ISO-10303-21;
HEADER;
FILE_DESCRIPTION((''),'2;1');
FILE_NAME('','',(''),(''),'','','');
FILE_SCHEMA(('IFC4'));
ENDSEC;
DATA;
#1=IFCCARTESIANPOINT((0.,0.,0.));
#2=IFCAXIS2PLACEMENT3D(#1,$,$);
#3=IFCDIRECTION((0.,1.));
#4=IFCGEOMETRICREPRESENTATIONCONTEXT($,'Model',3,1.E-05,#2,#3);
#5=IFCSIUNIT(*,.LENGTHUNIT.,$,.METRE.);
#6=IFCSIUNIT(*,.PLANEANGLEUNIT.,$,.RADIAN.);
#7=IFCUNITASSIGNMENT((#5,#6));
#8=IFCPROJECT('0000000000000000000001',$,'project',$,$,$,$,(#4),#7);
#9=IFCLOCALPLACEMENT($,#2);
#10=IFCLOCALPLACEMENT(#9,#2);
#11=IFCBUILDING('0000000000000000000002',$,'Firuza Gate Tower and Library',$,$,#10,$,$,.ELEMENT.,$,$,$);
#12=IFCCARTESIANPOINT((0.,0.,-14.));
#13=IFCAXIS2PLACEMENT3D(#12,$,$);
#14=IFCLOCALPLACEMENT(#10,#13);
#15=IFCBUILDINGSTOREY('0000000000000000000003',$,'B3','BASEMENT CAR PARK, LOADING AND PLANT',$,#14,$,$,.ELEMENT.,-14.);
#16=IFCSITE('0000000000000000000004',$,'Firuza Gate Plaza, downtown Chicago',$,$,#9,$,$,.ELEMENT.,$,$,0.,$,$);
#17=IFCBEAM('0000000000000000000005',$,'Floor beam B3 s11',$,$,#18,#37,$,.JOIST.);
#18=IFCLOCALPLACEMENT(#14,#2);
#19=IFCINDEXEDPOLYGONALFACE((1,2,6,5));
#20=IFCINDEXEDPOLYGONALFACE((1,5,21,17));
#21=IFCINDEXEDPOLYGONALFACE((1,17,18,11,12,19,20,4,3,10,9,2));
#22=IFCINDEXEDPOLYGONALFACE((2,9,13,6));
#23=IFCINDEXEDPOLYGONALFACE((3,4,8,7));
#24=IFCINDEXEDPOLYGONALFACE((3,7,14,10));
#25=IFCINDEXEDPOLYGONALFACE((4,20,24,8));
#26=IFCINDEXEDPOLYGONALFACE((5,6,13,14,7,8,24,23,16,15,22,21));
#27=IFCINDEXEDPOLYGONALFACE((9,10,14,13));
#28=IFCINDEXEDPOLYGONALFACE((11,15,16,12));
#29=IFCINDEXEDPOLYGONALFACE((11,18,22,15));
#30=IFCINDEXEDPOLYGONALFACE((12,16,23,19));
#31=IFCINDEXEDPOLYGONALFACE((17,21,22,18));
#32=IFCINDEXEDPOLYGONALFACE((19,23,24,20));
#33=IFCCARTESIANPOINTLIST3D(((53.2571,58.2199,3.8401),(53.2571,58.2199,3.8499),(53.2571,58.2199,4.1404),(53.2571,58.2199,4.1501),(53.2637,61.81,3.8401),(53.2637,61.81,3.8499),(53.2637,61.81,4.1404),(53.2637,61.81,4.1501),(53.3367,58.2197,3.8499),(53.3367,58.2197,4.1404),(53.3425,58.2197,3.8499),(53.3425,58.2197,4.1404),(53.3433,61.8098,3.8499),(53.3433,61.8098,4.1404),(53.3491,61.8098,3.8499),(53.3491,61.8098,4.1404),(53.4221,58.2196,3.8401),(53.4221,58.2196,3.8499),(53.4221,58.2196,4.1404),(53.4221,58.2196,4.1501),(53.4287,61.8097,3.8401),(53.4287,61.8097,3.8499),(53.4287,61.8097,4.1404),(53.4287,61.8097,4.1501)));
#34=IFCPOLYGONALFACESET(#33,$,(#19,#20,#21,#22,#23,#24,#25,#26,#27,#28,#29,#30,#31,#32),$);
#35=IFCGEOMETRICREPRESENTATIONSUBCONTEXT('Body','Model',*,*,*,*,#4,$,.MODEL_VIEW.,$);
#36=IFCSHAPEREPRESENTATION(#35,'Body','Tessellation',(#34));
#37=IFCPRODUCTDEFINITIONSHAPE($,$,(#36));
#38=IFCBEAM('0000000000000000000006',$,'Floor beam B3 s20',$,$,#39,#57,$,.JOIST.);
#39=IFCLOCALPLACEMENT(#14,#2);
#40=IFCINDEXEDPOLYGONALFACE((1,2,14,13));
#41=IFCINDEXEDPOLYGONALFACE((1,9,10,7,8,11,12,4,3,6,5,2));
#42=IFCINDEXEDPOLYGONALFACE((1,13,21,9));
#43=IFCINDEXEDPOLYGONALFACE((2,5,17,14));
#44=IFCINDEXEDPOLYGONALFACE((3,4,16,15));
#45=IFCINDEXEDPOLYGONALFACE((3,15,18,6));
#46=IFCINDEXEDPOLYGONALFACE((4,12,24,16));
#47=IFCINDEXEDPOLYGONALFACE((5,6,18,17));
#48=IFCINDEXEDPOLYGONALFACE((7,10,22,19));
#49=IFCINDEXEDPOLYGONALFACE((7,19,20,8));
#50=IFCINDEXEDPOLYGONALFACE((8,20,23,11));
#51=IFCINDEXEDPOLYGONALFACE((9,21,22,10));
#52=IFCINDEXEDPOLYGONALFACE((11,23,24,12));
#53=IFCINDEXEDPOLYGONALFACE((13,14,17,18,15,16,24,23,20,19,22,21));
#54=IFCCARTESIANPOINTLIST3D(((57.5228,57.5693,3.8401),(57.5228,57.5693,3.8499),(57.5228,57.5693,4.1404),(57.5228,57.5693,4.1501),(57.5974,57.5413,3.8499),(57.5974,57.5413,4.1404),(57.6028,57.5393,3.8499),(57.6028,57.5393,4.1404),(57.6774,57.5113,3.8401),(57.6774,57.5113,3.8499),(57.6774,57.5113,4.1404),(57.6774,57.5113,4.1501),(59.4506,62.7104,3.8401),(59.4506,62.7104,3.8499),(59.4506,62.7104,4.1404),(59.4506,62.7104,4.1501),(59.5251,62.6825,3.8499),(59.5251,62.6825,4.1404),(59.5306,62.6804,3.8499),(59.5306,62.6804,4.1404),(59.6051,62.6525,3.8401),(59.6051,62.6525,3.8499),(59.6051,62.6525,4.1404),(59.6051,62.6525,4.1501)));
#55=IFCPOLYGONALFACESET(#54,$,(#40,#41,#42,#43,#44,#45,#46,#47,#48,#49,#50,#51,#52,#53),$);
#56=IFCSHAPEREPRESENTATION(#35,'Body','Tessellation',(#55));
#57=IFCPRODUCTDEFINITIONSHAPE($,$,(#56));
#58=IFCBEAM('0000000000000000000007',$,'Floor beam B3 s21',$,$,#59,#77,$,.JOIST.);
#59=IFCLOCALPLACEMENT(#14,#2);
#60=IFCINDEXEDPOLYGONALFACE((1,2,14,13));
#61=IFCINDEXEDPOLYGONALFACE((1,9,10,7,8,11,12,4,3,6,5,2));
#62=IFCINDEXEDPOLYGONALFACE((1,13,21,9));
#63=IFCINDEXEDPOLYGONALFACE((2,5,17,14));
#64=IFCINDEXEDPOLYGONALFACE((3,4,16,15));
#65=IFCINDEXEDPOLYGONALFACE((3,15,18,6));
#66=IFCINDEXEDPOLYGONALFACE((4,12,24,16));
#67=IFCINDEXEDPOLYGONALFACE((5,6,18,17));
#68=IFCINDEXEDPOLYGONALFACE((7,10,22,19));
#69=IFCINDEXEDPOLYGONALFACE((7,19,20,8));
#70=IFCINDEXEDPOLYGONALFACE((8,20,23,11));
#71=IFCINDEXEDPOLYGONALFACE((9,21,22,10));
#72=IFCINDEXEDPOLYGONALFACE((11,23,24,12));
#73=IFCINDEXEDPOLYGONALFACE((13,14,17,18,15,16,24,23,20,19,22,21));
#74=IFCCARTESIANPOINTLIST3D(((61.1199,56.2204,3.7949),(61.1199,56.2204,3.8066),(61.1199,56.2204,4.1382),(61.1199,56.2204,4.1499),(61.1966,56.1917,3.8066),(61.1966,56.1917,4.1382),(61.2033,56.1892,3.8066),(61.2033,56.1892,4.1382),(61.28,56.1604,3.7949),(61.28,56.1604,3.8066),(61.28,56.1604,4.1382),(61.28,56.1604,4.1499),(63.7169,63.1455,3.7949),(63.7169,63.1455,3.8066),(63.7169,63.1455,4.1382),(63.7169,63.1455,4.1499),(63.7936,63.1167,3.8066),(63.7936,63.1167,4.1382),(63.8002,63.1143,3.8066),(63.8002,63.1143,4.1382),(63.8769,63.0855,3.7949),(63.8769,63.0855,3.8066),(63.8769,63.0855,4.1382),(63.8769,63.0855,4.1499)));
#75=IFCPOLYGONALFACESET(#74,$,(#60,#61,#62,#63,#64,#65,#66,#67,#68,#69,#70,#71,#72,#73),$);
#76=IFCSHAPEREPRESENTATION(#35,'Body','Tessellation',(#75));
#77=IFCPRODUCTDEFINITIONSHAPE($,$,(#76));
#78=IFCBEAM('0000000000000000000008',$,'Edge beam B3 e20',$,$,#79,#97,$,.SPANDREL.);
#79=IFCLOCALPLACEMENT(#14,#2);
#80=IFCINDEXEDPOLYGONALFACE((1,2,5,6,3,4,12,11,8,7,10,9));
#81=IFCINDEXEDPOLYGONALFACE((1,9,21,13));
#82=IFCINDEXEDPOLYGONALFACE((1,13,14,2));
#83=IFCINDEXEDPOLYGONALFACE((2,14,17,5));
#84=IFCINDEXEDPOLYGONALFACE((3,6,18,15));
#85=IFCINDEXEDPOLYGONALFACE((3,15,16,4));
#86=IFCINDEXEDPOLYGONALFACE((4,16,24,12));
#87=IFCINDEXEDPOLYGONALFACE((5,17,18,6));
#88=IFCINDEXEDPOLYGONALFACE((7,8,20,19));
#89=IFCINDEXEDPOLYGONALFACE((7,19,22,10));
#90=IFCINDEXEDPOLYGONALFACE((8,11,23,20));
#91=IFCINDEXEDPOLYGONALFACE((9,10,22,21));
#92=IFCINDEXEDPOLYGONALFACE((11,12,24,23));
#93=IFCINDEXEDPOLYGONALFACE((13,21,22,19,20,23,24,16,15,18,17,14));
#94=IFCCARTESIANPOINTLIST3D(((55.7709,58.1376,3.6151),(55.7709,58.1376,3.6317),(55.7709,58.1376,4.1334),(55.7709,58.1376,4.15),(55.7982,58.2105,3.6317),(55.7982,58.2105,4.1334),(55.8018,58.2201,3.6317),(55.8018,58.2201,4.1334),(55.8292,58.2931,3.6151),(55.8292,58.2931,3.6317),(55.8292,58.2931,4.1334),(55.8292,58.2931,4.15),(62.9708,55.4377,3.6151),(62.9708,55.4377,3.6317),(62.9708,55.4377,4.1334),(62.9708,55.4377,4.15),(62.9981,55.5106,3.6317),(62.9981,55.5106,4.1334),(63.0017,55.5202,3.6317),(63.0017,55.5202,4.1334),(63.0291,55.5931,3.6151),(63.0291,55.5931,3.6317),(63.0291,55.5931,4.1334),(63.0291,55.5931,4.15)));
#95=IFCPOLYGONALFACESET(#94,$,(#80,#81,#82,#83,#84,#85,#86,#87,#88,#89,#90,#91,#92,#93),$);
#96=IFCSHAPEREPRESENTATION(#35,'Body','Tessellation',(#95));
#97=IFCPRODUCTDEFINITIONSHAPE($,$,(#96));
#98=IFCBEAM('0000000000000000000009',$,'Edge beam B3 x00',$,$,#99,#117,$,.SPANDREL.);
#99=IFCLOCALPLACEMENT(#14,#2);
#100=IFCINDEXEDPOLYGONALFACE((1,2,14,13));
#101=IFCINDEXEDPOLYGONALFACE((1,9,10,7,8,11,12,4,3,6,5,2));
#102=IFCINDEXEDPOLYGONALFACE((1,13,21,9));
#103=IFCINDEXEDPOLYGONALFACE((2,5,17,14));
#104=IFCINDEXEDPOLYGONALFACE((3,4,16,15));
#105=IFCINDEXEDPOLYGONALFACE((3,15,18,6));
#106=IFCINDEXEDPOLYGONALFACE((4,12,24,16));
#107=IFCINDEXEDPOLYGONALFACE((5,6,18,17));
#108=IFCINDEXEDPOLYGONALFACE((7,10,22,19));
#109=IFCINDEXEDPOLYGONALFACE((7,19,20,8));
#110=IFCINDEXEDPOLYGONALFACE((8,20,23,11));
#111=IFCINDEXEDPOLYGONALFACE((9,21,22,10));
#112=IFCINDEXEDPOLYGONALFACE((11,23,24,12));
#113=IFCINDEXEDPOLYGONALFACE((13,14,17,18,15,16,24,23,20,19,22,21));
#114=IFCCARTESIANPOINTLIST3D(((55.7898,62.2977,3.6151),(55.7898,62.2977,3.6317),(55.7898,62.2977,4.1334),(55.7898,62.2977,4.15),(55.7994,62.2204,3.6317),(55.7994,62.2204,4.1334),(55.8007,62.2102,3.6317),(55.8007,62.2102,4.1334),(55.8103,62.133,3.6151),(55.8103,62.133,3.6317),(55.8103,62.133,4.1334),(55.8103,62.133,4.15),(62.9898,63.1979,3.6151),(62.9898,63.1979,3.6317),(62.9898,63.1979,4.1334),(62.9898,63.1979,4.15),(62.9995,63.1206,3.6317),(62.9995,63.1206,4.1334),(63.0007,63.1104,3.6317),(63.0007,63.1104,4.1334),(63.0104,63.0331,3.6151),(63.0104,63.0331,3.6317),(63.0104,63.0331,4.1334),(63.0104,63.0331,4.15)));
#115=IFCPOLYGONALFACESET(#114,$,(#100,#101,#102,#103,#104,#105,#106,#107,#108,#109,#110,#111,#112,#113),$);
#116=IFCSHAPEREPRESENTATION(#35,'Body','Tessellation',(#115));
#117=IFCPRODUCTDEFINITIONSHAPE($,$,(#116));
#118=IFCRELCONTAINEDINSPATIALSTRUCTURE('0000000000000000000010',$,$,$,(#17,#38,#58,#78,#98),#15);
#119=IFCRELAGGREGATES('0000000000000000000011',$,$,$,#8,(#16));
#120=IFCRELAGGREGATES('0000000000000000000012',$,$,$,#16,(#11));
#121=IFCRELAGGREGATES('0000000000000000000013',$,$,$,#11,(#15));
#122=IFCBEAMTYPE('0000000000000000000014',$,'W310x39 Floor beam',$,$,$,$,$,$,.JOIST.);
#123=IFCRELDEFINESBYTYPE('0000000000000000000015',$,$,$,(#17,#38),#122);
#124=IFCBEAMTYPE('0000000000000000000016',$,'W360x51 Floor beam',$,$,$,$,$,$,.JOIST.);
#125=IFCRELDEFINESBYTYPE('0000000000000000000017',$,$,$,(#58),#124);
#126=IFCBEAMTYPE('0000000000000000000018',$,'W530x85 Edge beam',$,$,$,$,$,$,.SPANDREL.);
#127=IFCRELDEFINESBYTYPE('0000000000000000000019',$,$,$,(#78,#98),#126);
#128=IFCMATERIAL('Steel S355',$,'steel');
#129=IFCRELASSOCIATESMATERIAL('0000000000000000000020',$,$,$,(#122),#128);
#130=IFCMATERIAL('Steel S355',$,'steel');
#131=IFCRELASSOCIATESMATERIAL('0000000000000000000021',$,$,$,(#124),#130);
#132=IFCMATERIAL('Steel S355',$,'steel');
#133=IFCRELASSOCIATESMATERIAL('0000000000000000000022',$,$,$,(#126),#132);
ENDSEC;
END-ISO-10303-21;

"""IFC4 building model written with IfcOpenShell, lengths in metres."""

from ifc_helpers import new_model, si_unit, direction, frame, origin, origin_2d, place, context, subcontext, project, spatial, i_section, extrude, material, material_profile, profile_set, type_object, element, save


model = new_model("IFC4")

# Units and contexts
model_context = context("Model", 3, precision=1e-05, world=origin(), true_north=direction((0.0, 1.0)))
body_context = subcontext(model_context, "Body", "Model", "MODEL_VIEW")
ifc_project = project(units=[si_unit("LENGTHUNIT", "METRE"), si_unit("PLANEANGLEUNIT", "RADIAN")], contexts=[model_context])

# Site, building, storey
site_placement = place(None, origin())
site = spatial("IfcSite", under=ifc_project, at=site_placement, Name="Firuza Gate Plaza, downtown Chicago", CompositionType="ELEMENT", RefElevation=0.0)
building_placement = place(site_placement, origin())
building = spatial("IfcBuilding", under=site, at=building_placement, Name="Firuza Gate Tower and Library", CompositionType="ELEMENT")
storey_placement = place(building_placement, frame((0.0, 0.0, -14.0)))
storey = spatial("IfcBuildingStorey", under=building, at=storey_placement, Name="B3", Description="BASEMENT CAR PARK, LOADING AND PLANT", CompositionType="ELEMENT", Elevation=-14.0)

# Beams
ifc_material_1 = material(Name="Steel S355", Category="steel")
ifc_material_profile_1 = material_profile(ifc_material_1, i_section(OverallWidth=0.165, OverallDepth=0.3101, WebThickness=0.0059, FlangeThickness=0.0098, at=origin_2d()))
ifc_profile_set_1 = profile_set([ifc_material_profile_1], Name="Steel S355")
beam_type_1 = type_object("IfcBeamType", Name="W310x39 Floor beam", PredefinedType="JOIST", material=ifc_profile_set_1)
beam_1_placement = place(storey_placement, frame((53.3396, 58.2197, 3.9951), z_axis=(0.001836, 0.999998, 0.0), x_axis=(-0.999998, 0.001836, 0.0)))
element("IfcBeam", 1, at=beam_1_placement, inside=storey, type_object=beam_type_1, Name="Floor beam B3 s11", PredefinedType="JOIST", context=body_context, shape_type="SweptSolid", body=[
    extrude(i_section(OverallWidth=0.165, OverallDepth=0.3101, WebThickness=0.0059, FlangeThickness=0.0098, at=origin_2d()), origin(), (0.0, 0.0, 1.0), 3.5901),
])
beam_2_placement = place(storey_placement, frame((57.6001, 57.5403, 3.9951), z_axis=(0.351094, 0.93634, 0.0), x_axis=(-0.93634, 0.351094, 0.0)))
element("IfcBeam", 2, at=beam_2_placement, inside=storey, type_object=beam_type_1, Name="Floor beam B3 s20", PredefinedType="JOIST", context=body_context, shape_type="SweptSolid", body=[
    extrude(i_section(OverallWidth=0.165, OverallDepth=0.3101, WebThickness=0.0059, FlangeThickness=0.0098, at=origin_2d()), origin(), (0.0, 0.0, 1.0), 5.4907),
])
ifc_material_2 = material(Name="Steel S355", Category="steel")
ifc_material_profile_2 = material_profile(ifc_material_2, i_section(OverallWidth=0.1709, OverallDepth=0.355, WebThickness=0.0071, FlangeThickness=0.0117, at=origin_2d()))
ifc_profile_set_2 = profile_set([ifc_material_profile_2], Name="Steel S355")
beam_type_2 = type_object("IfcBeamType", Name="W360x51 Floor beam", PredefinedType="JOIST", material=ifc_profile_set_2)
beam_3_placement = place(storey_placement, frame((61.2, 56.1904, 3.9724), z_axis=(0.351127, 0.936328, 0.0), x_axis=(-0.936328, 0.351127, 0.0)))
element("IfcBeam", 3, at=beam_3_placement, inside=storey, type_object=beam_type_2, Name="Floor beam B3 s21", PredefinedType="JOIST", context=body_context, shape_type="SweptSolid", body=[
    extrude(i_section(OverallWidth=0.1709, OverallDepth=0.355, WebThickness=0.0071, FlangeThickness=0.0117, at=origin_2d()), origin(), (0.0, 0.0, 1.0), 7.396),
])
ifc_material_3 = material(Name="Steel S355", Category="steel")
ifc_material_profile_3 = material_profile(ifc_material_3, i_section(OverallWidth=0.166, OverallDepth=0.5349, WebThickness=0.0103, FlangeThickness=0.0166, at=origin_2d()))
ifc_profile_set_3 = profile_set([ifc_material_profile_3], Name="Steel S355")
beam_type_3 = type_object("IfcBeamType", Name="W530x85 Edge beam", PredefinedType="SPANDREL", material=ifc_profile_set_3)
beam_4_placement = place(storey_placement, frame((55.8, 58.2153, 3.8826), z_axis=(0.93633, -0.35112, 0.0), x_axis=(0.35112, 0.93633, 0.0)))
element("IfcBeam", 4, at=beam_4_placement, inside=storey, type_object=beam_type_3, Name="Edge beam B3 e20", PredefinedType="SPANDREL", context=body_context, shape_type="SweptSolid", body=[
    extrude(i_section(OverallWidth=0.166, OverallDepth=0.5349, WebThickness=0.0103, FlangeThickness=0.0166, at=origin_2d()), origin(), (0.0, 0.0, 1.0), 7.6895),
])
beam_5_placement = place(storey_placement, frame((55.8, 62.2153, 3.8826), z_axis=(0.992275, 0.124055, 0.0), x_axis=(-0.124055, 0.992275, 0.0)))
element("IfcBeam", 5, at=beam_5_placement, inside=storey, type_object=beam_type_3, Name="Edge beam B3 x00", PredefinedType="SPANDREL", context=body_context, shape_type="SweptSolid", body=[
    extrude(i_section(OverallWidth=0.166, OverallDepth=0.5349, WebThickness=0.0103, FlangeThickness=0.0166, at=origin_2d()), origin(), (0.0, 0.0, 1.0), 7.2561),
])

save(model, "model.ifc")
